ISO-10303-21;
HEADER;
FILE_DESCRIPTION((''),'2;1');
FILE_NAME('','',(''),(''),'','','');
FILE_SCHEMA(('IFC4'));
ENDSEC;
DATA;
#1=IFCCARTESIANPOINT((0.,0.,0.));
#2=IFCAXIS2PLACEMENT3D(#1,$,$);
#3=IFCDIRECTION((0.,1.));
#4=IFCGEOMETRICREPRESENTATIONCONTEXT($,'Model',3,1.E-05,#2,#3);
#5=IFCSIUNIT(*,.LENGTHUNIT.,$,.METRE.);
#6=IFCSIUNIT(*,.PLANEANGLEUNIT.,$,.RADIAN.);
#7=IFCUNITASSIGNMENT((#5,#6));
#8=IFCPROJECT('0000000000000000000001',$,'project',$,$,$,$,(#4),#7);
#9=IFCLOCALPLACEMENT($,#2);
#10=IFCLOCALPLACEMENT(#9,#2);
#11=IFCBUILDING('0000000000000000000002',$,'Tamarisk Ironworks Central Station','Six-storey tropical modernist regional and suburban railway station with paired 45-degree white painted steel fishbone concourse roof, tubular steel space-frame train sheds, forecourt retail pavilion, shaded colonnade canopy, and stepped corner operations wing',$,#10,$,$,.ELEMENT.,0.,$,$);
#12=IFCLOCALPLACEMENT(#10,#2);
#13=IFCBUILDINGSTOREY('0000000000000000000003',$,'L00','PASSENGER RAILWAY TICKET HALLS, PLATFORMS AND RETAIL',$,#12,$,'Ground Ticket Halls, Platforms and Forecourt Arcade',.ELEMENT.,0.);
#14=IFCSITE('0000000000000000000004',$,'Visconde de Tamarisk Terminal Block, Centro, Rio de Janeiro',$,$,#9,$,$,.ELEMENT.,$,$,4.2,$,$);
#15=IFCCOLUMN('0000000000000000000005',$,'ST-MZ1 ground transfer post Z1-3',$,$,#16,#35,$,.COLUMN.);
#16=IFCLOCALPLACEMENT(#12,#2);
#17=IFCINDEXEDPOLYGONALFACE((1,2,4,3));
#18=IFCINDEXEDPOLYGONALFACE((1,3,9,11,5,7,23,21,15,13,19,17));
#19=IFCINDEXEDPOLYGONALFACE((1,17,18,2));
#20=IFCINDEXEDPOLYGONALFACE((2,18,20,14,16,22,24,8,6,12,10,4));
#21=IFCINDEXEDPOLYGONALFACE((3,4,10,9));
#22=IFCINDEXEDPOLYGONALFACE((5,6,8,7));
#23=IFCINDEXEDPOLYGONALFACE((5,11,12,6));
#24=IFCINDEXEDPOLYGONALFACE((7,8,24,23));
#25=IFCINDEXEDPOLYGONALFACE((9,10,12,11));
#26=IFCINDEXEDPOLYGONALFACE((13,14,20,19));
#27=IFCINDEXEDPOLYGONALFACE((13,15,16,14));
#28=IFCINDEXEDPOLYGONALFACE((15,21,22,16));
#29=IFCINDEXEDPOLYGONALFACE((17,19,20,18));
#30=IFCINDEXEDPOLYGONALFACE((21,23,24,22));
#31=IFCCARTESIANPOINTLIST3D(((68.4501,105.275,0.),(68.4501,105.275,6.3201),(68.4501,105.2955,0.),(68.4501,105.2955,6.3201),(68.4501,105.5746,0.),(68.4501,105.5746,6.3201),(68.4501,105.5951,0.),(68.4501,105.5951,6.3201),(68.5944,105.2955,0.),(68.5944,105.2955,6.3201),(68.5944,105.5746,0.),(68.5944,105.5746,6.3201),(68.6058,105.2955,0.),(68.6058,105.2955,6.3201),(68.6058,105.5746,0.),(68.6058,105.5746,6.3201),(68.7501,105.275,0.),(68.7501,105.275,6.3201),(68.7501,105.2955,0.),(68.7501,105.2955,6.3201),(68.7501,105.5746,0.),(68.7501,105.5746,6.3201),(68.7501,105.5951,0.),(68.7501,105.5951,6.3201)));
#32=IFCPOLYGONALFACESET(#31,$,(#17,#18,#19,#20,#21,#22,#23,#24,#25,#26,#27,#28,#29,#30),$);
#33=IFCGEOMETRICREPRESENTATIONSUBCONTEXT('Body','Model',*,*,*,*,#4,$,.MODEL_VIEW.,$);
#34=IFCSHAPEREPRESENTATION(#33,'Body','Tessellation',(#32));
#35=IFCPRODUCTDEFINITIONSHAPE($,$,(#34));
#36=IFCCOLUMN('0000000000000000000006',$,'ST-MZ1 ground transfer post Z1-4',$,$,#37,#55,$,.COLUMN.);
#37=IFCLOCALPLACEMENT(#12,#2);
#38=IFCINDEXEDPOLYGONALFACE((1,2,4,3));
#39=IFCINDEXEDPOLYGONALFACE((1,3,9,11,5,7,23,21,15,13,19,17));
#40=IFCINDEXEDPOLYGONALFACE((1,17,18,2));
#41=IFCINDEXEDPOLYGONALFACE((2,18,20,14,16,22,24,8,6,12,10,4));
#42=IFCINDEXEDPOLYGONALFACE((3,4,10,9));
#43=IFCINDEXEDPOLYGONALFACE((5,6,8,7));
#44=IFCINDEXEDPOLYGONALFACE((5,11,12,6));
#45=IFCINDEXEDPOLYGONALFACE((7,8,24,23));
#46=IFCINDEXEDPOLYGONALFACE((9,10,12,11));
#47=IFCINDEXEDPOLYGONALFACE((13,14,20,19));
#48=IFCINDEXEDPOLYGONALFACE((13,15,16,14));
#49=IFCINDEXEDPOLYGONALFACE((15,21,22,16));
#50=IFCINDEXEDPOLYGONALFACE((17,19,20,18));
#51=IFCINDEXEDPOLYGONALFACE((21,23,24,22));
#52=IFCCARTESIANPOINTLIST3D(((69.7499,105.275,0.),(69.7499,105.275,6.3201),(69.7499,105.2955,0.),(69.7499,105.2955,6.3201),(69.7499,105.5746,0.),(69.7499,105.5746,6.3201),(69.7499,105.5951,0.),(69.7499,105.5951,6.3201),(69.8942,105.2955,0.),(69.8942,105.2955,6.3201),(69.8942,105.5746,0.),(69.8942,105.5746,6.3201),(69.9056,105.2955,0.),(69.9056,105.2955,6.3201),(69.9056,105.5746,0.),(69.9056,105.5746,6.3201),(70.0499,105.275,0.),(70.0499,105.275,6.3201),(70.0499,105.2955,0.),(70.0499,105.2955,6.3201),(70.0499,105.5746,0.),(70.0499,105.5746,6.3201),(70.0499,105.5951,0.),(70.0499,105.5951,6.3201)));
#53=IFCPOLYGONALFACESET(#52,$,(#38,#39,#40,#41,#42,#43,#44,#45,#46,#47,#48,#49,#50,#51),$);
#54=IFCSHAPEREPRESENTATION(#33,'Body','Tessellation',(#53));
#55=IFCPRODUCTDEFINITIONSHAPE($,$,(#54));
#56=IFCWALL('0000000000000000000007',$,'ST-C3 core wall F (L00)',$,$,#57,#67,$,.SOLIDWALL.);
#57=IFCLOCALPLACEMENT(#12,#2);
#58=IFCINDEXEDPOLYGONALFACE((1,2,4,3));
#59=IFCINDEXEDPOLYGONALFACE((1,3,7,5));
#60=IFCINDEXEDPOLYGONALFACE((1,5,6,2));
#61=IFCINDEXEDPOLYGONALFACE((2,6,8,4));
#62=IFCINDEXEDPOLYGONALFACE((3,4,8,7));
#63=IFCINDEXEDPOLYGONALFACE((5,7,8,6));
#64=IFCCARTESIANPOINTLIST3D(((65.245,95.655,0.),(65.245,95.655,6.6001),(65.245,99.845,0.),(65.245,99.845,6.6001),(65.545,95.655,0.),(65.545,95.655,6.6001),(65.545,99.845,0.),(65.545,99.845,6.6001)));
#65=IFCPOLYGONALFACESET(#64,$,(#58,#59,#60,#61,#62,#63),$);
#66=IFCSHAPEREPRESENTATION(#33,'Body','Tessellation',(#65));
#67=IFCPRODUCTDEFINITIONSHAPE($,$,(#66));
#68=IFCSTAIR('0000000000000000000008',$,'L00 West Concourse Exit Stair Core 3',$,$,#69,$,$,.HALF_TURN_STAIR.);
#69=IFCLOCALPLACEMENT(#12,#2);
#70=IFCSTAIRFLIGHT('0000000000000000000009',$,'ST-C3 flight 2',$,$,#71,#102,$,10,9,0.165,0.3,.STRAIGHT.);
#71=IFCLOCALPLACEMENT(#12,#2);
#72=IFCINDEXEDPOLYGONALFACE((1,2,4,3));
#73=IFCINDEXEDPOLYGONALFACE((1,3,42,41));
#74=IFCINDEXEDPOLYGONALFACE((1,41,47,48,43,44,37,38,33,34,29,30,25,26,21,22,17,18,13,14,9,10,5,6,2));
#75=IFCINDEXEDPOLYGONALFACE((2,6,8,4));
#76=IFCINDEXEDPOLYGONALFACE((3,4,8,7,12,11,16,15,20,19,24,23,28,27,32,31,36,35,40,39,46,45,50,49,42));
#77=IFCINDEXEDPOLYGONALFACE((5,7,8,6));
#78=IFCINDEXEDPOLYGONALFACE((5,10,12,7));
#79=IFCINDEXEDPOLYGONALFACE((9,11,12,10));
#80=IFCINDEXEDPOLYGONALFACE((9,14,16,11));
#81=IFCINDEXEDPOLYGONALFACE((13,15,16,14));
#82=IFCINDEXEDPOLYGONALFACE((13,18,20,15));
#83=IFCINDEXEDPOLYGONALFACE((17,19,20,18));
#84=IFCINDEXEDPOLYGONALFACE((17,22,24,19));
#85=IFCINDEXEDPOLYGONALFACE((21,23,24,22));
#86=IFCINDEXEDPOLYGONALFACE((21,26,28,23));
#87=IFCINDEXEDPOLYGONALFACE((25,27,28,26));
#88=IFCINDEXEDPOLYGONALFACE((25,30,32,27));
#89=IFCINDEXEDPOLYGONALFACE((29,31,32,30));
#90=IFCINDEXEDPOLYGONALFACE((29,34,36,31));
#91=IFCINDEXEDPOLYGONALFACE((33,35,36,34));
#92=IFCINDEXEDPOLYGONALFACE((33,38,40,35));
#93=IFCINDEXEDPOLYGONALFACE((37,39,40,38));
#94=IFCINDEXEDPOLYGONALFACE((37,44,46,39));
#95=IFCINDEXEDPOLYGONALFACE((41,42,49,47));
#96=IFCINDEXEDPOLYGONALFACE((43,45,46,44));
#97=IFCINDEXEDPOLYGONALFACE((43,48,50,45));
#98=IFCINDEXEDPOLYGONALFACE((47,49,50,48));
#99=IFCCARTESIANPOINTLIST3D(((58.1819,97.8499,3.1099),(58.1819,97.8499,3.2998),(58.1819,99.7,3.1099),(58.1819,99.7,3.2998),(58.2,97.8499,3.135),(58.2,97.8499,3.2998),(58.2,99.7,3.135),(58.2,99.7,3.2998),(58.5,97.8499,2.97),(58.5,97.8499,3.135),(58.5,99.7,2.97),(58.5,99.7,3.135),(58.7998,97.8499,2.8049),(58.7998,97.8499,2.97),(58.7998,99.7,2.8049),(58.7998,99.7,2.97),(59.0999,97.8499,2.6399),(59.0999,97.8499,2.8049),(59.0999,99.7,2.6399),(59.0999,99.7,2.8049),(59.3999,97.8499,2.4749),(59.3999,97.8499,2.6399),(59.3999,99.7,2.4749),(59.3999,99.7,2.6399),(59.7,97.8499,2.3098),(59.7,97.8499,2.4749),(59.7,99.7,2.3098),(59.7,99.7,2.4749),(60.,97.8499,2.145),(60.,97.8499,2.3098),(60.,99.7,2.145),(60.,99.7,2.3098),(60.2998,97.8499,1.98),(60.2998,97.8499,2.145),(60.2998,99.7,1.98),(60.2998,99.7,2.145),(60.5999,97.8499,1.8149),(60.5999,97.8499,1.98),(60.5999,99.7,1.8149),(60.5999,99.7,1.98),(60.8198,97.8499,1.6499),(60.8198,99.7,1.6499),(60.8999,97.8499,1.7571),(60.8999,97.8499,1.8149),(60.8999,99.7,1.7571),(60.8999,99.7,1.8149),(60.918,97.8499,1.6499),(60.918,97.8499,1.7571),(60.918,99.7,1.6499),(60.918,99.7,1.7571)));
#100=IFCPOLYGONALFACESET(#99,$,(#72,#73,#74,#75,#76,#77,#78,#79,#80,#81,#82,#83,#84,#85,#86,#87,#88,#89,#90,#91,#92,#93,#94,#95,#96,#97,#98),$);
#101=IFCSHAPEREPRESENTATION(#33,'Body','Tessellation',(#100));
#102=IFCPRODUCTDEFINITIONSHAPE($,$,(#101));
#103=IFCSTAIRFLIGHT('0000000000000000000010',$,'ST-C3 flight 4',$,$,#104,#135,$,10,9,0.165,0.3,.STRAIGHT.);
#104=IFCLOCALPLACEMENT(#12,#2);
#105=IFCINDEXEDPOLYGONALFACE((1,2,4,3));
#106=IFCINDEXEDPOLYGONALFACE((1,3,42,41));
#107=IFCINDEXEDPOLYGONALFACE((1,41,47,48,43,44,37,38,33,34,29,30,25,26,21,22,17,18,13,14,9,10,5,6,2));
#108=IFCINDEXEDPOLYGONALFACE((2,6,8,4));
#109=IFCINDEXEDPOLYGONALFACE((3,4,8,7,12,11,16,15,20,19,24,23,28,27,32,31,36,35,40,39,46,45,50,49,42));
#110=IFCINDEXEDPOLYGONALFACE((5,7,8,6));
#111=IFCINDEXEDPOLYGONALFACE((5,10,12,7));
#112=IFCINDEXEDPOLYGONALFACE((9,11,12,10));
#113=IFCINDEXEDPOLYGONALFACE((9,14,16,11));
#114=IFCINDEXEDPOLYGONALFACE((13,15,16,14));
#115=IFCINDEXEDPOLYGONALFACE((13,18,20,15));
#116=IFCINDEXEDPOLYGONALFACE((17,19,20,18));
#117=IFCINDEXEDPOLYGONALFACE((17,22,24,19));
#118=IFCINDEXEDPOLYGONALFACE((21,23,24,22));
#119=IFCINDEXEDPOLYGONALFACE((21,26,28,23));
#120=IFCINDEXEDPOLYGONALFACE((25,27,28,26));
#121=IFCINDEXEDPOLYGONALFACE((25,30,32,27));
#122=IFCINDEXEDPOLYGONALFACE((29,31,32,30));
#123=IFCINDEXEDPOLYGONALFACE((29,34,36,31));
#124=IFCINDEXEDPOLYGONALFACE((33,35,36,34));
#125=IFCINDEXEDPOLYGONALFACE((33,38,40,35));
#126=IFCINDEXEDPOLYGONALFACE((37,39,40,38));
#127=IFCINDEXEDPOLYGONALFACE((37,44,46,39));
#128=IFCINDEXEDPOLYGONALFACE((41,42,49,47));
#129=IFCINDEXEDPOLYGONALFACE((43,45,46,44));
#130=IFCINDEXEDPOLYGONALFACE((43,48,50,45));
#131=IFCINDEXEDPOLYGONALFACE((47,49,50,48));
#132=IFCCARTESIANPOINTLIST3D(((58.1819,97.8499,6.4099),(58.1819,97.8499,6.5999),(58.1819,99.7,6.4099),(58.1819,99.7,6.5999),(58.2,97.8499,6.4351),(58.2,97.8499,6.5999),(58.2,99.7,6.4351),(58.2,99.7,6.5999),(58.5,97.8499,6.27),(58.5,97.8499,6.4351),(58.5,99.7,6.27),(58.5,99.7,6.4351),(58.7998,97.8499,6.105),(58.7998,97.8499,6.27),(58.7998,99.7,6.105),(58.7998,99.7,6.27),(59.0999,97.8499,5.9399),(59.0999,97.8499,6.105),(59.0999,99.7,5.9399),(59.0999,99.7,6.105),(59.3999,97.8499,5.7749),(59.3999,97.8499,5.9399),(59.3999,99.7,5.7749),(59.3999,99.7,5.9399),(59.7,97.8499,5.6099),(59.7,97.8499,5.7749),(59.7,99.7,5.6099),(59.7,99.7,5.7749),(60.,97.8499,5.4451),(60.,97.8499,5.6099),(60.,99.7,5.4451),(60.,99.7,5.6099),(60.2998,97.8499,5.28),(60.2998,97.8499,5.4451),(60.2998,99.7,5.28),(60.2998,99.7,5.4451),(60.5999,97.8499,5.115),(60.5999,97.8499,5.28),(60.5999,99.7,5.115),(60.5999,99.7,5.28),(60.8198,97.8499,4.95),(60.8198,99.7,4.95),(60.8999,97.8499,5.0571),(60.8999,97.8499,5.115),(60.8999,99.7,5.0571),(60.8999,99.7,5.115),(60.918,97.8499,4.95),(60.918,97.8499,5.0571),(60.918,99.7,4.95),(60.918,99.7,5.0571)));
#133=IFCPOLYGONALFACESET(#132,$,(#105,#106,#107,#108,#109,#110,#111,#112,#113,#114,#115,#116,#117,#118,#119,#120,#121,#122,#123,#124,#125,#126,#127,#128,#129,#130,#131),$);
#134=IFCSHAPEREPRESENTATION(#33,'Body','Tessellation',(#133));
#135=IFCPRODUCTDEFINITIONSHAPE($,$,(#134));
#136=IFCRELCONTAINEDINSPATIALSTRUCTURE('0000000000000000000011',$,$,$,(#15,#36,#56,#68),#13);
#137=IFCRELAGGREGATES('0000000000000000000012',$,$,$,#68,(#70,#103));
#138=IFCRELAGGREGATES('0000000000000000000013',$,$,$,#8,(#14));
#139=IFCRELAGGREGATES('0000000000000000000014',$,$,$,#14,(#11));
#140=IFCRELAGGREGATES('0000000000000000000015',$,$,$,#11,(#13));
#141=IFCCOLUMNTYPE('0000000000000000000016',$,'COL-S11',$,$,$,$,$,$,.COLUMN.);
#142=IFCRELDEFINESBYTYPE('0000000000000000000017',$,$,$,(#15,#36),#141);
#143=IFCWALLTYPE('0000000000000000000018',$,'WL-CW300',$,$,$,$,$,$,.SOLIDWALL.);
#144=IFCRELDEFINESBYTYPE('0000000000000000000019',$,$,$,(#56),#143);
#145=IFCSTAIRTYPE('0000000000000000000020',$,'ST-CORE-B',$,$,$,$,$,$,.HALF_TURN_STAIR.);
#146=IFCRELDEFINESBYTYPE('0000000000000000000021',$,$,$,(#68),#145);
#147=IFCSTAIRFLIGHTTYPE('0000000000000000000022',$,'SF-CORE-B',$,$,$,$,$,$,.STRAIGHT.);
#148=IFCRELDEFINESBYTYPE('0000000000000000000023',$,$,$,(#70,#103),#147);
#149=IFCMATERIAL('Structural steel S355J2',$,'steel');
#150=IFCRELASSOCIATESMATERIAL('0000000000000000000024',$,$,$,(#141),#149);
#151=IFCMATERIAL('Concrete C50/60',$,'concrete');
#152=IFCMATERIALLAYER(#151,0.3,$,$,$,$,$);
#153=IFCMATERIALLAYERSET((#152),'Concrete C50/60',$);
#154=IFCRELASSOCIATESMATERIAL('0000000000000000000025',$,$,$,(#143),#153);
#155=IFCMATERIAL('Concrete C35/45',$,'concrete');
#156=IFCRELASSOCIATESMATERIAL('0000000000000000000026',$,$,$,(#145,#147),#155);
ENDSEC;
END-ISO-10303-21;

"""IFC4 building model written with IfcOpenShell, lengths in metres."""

from ifc_helpers import new_model, si_unit, direction, frame, frame_2d, origin, origin_2d, place, context, subcontext, project, spatial, polyline, rectangle, i_section, outline, extrude, material, layer, layer_set, material_profile, profile_set, type_object, element, aggregate, save


model = new_model("IFC4")

# Units and contexts
model_context = context("Model", 3, precision=1e-05, world=origin(), true_north=direction((0.0, 1.0)))
body_context = subcontext(model_context, "Body", "Model", "MODEL_VIEW")
ifc_project = project(units=[si_unit("LENGTHUNIT", "METRE"), si_unit("PLANEANGLEUNIT", "RADIAN")], contexts=[model_context])

# Site, building, storey
site_placement = place(None, origin())
site = spatial("IfcSite", under=ifc_project, at=site_placement, Name="Visconde de Tamarisk Terminal Block, Centro, Rio de Janeiro", CompositionType="ELEMENT", RefElevation=4.2)
building_placement = place(site_placement, origin())
building = spatial("IfcBuilding", under=site, at=building_placement, Name="Tamarisk Ironworks Central Station", Description="Six-storey tropical modernist regional and suburban railway station with paired 45-degree white painted steel fishbone concourse roof, tubular steel space-frame train sheds, forecourt retail pavilion, shaded colonnade canopy, and stepped corner operations wing", CompositionType="ELEMENT", ElevationOfRefHeight=0.0)
storey_placement = place(building_placement, origin())
storey = spatial("IfcBuildingStorey", under=building, at=storey_placement, Name="L00", Description="PASSENGER RAILWAY TICKET HALLS, PLATFORMS AND RETAIL", LongName="Ground Ticket Halls, Platforms and Forecourt Arcade", CompositionType="ELEMENT", Elevation=0.0)

# Columns
ifc_material_1 = material(Name="Structural steel S355J2", Category="steel")
ifc_material_profile_1 = material_profile(ifc_material_1, i_section(OverallWidth=0.3, OverallDepth=0.3201, WebThickness=0.0115, FlangeThickness=0.0205, at=origin_2d()), Name="HEB 320")
ifc_profile_set_1 = profile_set([ifc_material_profile_1], Name="Structural steel S355J2")
column_type_1 = type_object("IfcColumnType", Name="COL-S11", PredefinedType="COLUMN", material=ifc_profile_set_1)
for number, where, z_axis, x_axis, name in (
    (1, (68.6001, 105.4351, 0.0), (0.0, 0.0, 1.0), (1.0, 0.0, 0.0), "ST-MZ1 ground transfer post Z1-3"),
    (2, (69.8999, 105.4351, 0.0), (0.0, 0.0, 1.0), (1.0, 0.0, 0.0), "ST-MZ1 ground transfer post Z1-4"),
):
    element("IfcColumn", number, at=place(storey_placement, frame(where, z_axis=z_axis, x_axis=x_axis)), inside=storey, type_object=column_type_1, Name=name, PredefinedType="COLUMN", context=body_context, shape_type="SweptSolid", body=[
        extrude(i_section(OverallWidth=0.3, OverallDepth=0.3201, WebThickness=0.0115, FlangeThickness=0.0205, at=origin_2d()), origin(), (0.0, 0.0, 1.0), 6.3201),
    ])

# Wall
ifc_material_2 = material(Name="Concrete C50/60", Category="concrete")
ifc_layer = layer(ifc_material_2, 0.3)
ifc_layer_set = layer_set([ifc_layer], Name="Concrete C50/60")
wall_type = type_object("IfcWallType", Name="WL-CW300", PredefinedType="SOLIDWALL", material=ifc_layer_set)
wall_placement = place(storey_placement, frame((65.395, 95.655, 0.0), z_axis=(0.0, 0.0, 1.0), x_axis=(0.0, 1.0, 0.0)))
element("IfcWall", 3, at=wall_placement, inside=storey, type_object=wall_type, Name="ST-C3 core wall F (L00)", PredefinedType="SOLIDWALL", context=body_context, shape_type="SweptSolid", body=[
    extrude(rectangle(XDim=4.1899, YDim=0.3, at=frame_2d((2.095, 0.0))), origin(), (0.0, 0.0, 1.0), 6.6001),
])

# Stair, stair flights
ifc_material_3 = material(Name="Concrete C35/45", Category="concrete")
stair_type = type_object("IfcStairType", Name="ST-CORE-B", PredefinedType="HALF_TURN_STAIR", material=ifc_material_3)
stair_placement = place(storey_placement, origin())
stair = element("IfcStair", 4, at=stair_placement, inside=storey, type_object=stair_type, Name="L00 West Concourse Exit Stair Core 3", PredefinedType="HALF_TURN_STAIR")
stair_flight_type = type_object("IfcStairFlightType", Name="SF-CORE-B", PredefinedType="STRAIGHT", material=ifc_material_3)
stair_flight_1_placement = place(storey_placement, frame((60.8999, 98.7749, 1.6499), z_axis=(0.0, 0.0, 1.0), x_axis=(-1.0, 0.0, 0.0)))
stair_flight_1 = element("IfcStairFlight", 5, at=stair_flight_1_placement, type_object=stair_flight_type, Name="ST-C3 flight 2", NumberOfRisers=10, NumberOfTreads=9, PredefinedType="STRAIGHT", RiserHeight=0.165, TreadLength=0.3, context=body_context, shape_type="SweptSolid", body=[
    extrude(outline(polyline([(-0.0181, 0.0), (-0.0181, 0.1072), (0.0, 0.1072), (0.0, 0.165), (0.3, 0.165), (0.3, 0.3301), (0.6001, 0.3301), (0.6001, 0.4951), (0.8999, 0.4951), (0.8999, 0.6599), (1.2, 0.6599), (1.2, 0.825), (1.5, 0.825), (1.5, 0.99), (1.8, 0.99), (1.8, 1.155), (2.1001, 1.155), (2.1001, 1.3201), (2.3999, 1.3201), (2.3999, 1.4851), (2.7, 1.4851), (2.7, 1.6499), (2.718, 1.6499), (2.718, 1.46), (0.0801, 0.0), (-0.0181, 0.0)])), frame((0.0, 0.925, 0.0), z_axis=(0.0, -1.0, 0.0), x_axis=(1.0, 0.0, 0.0)), (0.0, 0.0, 1.0), 1.8501),
])
stair_flight_2_placement = place(storey_placement, frame((60.8999, 98.7749, 4.95), z_axis=(0.0, 0.0, 1.0), x_axis=(-1.0, 0.0, 0.0)))
stair_flight_2 = element("IfcStairFlight", 6, at=stair_flight_2_placement, type_object=stair_flight_type, Name="ST-C3 flight 4", NumberOfRisers=10, NumberOfTreads=9, PredefinedType="STRAIGHT", RiserHeight=0.165, TreadLength=0.3, context=body_context, shape_type="SweptSolid", body=[
    extrude(outline(polyline([(-0.0181, 0.0), (-0.0181, 0.1072), (0.0, 0.1072), (0.0, 0.165), (0.3, 0.165), (0.3, 0.3301), (0.6001, 0.3301), (0.6001, 0.4951), (0.8999, 0.4951), (0.8999, 0.6599), (1.2, 0.6599), (1.2, 0.825), (1.5, 0.825), (1.5, 0.99), (1.8, 0.99), (1.8, 1.155), (2.1001, 1.155), (2.1001, 1.3201), (2.3999, 1.3201), (2.3999, 1.4851), (2.7, 1.4851), (2.7, 1.6499), (2.718, 1.6499), (2.718, 1.46), (0.0801, 0.0), (-0.0181, 0.0)])), frame((0.0, 0.925, 0.0), z_axis=(0.0, -1.0, 0.0), x_axis=(1.0, 0.0, 0.0)), (0.0, 0.0, 1.0), 1.8501),
])
aggregate(stair, [stair_flight_1, stair_flight_2])

save(model, "model.ifc")
